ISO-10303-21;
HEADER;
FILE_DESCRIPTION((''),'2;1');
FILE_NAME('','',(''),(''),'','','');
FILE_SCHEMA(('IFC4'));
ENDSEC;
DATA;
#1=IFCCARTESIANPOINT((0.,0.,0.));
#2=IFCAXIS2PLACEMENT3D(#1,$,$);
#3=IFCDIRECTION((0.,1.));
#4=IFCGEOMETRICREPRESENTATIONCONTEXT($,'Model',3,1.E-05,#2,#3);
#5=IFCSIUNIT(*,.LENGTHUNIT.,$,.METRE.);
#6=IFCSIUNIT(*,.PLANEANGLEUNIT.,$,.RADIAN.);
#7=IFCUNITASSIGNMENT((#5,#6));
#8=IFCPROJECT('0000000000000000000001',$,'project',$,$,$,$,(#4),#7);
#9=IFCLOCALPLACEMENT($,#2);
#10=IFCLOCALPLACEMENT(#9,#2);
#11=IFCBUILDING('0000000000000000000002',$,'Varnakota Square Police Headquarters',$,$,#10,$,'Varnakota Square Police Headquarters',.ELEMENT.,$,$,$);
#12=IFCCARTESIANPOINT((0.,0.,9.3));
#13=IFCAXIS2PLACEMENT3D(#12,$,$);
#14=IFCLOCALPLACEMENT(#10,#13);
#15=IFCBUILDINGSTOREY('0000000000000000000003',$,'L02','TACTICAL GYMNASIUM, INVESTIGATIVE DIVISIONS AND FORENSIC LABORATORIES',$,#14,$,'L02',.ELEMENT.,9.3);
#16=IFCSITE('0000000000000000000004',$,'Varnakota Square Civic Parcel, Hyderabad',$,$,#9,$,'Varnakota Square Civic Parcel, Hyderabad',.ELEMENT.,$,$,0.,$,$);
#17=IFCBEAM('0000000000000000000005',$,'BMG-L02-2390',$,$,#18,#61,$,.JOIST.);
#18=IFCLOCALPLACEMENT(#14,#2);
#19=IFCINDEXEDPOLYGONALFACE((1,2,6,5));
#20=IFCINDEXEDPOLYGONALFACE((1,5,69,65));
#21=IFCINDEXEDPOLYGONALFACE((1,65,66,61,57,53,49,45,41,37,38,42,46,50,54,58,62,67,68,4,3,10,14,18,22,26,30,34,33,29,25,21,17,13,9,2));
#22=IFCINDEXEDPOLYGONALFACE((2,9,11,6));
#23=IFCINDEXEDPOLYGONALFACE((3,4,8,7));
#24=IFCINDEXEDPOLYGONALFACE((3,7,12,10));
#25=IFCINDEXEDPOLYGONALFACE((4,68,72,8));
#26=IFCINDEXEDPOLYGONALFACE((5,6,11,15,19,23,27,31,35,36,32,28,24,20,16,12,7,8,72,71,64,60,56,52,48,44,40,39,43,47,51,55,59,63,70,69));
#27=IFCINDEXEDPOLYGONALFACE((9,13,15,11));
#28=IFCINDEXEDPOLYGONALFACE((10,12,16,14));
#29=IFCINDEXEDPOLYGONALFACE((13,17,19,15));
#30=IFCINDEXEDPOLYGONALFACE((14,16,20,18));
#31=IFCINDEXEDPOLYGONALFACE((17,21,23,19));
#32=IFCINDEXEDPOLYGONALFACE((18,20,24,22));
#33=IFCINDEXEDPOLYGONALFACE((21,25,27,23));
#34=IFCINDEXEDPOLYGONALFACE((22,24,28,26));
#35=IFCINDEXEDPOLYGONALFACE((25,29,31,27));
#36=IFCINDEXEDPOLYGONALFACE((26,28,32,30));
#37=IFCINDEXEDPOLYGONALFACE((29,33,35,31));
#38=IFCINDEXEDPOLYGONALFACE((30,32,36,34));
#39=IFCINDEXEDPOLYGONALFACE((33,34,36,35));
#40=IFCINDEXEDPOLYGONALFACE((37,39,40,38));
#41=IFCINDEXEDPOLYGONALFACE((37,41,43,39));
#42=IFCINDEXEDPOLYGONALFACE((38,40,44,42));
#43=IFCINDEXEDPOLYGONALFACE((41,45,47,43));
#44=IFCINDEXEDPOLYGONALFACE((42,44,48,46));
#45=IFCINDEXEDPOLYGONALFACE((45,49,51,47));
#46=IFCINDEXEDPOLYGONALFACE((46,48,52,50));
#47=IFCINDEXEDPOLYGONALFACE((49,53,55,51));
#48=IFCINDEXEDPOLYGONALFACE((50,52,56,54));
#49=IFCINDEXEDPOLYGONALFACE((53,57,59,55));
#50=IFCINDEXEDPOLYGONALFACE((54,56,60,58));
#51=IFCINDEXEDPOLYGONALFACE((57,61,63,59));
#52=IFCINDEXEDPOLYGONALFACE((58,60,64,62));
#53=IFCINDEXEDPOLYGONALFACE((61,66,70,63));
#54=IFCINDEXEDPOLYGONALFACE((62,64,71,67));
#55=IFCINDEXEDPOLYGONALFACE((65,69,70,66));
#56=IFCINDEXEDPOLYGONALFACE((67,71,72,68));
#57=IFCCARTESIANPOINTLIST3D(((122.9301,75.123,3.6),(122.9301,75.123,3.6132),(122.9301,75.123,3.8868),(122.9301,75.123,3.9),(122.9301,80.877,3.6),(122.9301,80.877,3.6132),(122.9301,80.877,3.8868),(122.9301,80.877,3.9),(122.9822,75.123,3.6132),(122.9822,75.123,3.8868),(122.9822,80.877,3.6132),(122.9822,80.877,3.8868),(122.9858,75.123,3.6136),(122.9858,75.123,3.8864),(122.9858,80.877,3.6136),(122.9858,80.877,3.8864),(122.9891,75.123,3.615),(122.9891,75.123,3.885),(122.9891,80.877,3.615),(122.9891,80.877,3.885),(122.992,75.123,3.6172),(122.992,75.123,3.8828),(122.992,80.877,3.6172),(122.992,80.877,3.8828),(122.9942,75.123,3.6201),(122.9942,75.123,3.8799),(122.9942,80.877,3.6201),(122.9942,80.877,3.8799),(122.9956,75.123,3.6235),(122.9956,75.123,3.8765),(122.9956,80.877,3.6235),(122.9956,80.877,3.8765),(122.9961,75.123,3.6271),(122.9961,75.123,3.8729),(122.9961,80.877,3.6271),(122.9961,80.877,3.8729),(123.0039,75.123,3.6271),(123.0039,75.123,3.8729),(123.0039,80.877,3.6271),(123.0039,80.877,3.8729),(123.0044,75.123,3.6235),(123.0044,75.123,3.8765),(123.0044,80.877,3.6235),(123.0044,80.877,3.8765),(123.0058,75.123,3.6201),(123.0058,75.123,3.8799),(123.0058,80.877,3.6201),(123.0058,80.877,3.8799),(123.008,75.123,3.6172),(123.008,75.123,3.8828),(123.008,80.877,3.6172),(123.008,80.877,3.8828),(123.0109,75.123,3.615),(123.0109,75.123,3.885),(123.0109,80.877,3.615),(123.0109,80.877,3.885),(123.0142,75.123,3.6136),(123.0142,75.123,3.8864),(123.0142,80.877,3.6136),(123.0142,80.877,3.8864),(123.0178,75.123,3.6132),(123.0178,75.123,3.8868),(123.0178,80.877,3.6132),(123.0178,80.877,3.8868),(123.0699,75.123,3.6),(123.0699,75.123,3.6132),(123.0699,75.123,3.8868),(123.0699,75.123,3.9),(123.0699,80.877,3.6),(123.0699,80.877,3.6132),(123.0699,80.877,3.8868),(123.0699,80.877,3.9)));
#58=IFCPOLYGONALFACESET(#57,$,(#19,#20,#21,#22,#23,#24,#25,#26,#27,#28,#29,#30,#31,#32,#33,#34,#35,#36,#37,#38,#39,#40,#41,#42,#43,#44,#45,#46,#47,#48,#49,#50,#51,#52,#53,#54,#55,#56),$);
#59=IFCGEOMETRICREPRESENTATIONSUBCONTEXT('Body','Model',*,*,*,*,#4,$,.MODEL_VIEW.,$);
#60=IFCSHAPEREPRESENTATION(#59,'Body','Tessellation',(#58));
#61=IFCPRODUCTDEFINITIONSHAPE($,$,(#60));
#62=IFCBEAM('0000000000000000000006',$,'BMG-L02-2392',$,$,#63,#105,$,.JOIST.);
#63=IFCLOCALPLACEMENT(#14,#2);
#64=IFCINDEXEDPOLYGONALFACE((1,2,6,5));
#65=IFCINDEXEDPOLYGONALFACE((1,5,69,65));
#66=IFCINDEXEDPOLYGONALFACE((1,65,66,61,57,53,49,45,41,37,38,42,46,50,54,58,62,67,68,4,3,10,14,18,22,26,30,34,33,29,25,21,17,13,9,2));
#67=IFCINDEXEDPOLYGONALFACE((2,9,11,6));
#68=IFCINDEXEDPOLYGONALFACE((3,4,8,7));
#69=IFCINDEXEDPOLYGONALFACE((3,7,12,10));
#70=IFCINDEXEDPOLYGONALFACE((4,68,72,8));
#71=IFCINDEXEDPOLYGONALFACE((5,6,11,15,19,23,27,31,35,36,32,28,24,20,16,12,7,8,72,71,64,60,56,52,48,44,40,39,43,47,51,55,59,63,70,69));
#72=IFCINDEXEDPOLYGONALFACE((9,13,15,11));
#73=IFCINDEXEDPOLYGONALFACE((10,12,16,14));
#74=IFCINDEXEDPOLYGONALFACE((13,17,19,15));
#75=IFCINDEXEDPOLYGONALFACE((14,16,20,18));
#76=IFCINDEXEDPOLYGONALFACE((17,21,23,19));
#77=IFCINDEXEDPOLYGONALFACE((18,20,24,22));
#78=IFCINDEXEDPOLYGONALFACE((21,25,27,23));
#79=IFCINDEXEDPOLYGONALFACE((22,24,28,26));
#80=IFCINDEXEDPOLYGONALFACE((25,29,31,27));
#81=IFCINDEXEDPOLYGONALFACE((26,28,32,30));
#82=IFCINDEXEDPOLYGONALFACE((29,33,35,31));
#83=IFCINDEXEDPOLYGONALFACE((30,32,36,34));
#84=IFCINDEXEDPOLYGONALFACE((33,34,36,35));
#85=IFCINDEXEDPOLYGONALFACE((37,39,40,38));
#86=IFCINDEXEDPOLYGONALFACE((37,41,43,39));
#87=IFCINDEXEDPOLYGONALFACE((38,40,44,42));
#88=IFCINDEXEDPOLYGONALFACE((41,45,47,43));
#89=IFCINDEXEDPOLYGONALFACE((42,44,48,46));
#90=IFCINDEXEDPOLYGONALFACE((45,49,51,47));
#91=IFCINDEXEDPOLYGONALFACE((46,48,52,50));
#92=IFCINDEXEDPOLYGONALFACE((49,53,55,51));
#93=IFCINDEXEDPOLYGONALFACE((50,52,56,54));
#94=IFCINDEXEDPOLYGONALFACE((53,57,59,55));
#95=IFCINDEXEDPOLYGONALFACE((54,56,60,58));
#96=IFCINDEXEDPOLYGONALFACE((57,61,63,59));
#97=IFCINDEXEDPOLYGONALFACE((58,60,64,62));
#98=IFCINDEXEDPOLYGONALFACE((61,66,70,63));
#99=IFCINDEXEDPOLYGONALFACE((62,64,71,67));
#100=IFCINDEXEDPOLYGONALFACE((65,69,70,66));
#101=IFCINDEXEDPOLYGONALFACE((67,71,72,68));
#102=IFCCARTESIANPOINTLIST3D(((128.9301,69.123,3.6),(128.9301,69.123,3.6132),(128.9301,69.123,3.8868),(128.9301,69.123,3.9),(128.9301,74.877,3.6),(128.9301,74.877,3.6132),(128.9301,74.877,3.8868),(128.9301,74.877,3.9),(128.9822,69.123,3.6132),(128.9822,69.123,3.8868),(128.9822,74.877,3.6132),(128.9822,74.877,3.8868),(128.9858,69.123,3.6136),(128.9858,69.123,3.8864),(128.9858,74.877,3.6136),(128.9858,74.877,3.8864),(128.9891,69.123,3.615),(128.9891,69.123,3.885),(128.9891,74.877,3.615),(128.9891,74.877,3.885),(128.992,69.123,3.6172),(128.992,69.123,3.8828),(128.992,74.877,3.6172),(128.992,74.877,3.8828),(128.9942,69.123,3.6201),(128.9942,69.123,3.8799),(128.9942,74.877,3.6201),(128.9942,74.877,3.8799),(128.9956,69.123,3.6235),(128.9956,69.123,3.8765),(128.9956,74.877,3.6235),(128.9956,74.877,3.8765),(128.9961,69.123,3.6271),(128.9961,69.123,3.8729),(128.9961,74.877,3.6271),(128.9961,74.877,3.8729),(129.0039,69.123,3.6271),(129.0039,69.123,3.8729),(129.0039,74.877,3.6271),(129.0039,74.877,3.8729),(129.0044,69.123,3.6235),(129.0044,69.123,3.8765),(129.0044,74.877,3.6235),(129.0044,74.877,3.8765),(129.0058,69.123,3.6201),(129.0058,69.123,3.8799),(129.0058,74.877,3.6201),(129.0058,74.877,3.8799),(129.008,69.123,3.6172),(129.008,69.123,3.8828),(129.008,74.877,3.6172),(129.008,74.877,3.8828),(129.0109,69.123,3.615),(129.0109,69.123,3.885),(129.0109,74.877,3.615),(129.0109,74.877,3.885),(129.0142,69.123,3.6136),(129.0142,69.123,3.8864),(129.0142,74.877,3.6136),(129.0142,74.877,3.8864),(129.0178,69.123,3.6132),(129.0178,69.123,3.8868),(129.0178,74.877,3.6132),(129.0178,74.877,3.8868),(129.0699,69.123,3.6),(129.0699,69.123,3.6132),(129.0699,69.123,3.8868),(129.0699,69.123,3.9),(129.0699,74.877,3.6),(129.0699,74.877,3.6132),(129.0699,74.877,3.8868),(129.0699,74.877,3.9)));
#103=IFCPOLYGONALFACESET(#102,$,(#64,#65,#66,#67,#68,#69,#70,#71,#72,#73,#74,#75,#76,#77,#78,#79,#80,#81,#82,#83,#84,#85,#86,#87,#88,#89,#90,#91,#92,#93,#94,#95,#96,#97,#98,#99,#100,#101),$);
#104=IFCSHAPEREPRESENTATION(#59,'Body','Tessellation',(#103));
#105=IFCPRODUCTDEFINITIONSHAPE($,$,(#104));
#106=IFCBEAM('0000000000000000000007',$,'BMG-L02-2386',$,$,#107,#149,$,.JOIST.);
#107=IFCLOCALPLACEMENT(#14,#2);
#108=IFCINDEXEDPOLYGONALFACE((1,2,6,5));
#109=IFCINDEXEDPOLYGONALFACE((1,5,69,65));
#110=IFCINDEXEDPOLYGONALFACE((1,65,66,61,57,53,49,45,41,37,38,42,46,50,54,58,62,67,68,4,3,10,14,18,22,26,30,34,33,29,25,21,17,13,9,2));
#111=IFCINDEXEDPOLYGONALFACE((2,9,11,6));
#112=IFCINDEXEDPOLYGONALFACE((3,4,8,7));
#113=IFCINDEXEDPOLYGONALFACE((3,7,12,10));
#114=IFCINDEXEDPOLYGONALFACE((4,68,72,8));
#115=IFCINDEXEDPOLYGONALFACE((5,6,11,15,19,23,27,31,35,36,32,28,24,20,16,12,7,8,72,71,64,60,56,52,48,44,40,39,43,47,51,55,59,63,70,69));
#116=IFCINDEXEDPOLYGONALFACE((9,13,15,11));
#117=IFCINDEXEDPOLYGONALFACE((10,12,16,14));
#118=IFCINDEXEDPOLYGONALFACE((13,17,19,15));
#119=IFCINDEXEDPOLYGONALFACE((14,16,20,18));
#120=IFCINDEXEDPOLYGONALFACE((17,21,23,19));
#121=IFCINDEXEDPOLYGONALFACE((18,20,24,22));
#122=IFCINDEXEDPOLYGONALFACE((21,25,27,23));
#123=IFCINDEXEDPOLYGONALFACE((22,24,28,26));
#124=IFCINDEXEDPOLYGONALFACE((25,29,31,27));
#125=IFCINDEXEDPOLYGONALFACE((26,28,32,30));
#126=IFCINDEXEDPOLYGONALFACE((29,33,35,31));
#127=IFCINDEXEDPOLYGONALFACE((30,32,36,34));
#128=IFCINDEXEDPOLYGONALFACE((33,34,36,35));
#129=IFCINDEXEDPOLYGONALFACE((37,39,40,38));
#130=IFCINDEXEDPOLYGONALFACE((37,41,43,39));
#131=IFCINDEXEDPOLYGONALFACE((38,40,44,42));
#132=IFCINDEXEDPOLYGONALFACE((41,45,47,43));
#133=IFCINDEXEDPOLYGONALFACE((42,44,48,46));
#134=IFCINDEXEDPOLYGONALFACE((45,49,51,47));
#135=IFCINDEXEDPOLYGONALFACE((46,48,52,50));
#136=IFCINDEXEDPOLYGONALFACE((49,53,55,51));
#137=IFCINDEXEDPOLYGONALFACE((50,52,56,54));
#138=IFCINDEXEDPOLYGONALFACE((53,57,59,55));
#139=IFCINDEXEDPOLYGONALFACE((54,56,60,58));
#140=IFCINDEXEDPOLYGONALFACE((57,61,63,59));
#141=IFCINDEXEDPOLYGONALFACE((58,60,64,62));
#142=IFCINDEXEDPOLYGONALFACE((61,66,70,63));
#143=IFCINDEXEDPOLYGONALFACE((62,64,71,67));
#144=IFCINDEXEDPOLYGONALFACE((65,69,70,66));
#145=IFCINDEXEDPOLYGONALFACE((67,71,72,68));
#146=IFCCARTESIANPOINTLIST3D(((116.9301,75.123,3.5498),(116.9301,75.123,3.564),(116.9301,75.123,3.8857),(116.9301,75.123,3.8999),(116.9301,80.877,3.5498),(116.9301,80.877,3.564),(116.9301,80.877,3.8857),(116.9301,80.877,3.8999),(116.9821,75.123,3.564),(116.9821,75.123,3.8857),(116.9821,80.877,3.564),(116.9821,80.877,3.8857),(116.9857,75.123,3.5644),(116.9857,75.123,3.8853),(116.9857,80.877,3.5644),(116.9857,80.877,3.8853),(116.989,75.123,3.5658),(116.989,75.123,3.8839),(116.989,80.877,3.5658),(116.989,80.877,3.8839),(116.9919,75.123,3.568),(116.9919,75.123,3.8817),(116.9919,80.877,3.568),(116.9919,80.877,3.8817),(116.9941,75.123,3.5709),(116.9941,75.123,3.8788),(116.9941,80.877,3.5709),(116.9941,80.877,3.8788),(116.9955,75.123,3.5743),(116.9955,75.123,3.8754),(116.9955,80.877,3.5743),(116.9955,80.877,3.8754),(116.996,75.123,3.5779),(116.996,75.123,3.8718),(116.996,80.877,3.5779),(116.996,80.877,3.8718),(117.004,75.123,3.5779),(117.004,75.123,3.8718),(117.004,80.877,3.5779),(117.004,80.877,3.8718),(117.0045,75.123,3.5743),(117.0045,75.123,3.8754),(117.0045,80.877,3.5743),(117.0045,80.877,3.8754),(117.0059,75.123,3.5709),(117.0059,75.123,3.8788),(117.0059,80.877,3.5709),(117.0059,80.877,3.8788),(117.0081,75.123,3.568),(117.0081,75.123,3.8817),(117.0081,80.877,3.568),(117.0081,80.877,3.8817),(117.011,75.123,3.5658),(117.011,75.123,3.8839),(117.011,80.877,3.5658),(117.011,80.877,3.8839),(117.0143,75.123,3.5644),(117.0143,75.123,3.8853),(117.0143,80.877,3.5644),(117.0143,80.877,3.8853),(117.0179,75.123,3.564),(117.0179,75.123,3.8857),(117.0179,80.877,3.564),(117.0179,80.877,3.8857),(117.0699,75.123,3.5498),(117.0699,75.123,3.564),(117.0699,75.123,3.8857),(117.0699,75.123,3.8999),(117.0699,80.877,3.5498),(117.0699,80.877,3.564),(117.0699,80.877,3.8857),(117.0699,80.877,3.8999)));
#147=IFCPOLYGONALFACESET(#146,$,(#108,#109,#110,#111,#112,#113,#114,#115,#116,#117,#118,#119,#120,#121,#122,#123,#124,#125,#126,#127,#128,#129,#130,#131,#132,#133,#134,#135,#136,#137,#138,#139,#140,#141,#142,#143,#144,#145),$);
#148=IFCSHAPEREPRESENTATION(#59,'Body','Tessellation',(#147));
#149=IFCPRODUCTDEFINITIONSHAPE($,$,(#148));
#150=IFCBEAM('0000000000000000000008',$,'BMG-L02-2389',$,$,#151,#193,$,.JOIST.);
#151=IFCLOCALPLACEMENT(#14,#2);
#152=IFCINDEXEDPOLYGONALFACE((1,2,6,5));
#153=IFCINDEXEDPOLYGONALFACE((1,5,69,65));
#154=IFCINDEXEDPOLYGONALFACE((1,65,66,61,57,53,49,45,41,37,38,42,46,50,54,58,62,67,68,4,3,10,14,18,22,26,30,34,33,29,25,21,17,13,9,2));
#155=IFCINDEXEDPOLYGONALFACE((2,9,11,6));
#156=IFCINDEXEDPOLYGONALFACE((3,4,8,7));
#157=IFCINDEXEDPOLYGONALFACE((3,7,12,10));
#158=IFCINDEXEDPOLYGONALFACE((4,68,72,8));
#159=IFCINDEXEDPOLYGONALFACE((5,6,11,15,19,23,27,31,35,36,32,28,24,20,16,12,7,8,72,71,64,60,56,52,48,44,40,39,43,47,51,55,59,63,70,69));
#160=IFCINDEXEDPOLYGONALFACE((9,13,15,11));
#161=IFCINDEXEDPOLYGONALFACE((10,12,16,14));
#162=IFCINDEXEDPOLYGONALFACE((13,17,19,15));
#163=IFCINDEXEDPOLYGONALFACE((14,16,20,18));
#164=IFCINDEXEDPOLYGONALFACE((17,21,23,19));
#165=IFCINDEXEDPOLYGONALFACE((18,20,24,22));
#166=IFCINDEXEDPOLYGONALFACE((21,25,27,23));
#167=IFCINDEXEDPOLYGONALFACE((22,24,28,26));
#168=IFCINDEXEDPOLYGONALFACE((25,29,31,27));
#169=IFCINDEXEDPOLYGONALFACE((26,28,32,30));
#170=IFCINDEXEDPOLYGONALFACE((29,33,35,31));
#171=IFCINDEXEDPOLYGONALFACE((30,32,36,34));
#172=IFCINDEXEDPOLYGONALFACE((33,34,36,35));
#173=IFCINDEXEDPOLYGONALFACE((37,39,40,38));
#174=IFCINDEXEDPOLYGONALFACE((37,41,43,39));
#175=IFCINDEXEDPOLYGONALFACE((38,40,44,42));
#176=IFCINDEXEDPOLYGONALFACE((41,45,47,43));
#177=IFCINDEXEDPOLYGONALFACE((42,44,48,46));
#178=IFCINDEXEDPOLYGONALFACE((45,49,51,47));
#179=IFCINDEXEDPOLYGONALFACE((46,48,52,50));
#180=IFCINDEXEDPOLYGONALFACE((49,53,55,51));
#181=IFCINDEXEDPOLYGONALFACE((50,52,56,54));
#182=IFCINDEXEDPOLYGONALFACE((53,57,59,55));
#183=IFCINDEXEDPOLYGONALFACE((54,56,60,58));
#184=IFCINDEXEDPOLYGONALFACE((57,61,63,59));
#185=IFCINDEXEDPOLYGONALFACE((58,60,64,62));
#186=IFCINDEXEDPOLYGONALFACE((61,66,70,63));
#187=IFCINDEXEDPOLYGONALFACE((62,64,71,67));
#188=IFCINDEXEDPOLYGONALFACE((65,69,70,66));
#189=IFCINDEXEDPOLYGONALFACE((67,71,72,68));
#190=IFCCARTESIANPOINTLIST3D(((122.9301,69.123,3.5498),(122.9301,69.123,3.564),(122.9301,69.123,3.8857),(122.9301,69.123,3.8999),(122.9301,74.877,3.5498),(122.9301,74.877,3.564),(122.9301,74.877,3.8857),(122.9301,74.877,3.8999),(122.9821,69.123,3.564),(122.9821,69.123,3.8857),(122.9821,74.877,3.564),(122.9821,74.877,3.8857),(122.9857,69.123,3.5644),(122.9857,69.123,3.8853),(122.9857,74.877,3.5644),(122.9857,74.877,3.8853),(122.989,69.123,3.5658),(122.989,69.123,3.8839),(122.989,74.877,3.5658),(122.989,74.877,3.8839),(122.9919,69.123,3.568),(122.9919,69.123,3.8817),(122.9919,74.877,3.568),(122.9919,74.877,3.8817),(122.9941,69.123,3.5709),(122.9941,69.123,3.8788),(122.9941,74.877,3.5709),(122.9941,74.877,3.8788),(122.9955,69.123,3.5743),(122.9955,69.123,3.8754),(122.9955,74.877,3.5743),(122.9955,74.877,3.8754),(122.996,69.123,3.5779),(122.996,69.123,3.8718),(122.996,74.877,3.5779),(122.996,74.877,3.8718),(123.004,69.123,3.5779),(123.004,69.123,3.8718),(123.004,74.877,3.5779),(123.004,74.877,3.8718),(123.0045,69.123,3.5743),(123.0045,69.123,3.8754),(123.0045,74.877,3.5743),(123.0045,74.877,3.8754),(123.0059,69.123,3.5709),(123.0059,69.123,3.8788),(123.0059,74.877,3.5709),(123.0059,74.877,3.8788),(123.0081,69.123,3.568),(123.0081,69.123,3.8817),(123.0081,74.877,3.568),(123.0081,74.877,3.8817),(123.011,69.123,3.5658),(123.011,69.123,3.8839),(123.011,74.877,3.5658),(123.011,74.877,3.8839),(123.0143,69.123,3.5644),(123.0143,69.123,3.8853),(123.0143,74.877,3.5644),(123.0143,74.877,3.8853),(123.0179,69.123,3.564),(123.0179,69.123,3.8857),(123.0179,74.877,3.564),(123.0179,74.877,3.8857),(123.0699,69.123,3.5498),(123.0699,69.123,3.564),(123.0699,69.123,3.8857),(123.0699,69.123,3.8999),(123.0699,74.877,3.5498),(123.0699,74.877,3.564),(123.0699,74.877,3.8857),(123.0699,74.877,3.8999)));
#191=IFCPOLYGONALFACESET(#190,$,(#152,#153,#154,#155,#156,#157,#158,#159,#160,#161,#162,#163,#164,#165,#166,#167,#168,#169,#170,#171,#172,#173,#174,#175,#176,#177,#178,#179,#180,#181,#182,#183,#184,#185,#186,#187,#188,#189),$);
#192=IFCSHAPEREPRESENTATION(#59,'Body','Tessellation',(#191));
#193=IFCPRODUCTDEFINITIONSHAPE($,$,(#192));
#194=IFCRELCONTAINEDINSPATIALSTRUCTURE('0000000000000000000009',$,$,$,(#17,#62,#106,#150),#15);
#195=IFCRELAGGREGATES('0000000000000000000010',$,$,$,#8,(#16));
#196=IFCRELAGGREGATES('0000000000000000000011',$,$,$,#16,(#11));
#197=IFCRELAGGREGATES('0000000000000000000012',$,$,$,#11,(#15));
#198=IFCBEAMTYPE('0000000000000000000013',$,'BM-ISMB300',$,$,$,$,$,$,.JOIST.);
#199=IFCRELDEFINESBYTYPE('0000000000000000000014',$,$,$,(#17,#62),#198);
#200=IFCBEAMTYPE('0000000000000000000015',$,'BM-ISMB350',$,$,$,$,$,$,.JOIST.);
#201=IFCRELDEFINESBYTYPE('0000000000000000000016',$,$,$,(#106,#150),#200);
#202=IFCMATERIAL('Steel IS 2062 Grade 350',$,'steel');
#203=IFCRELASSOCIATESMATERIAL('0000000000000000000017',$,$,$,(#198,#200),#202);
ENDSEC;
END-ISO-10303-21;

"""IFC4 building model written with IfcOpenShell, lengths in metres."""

from ifc_helpers import new_model, si_unit, direction, frame, origin, origin_2d, place, context, subcontext, project, spatial, i_section, extrude, material, material_profile, profile_set, type_object, element, save


model = new_model("IFC4")

# Units and contexts
model_context = context("Model", 3, precision=1e-05, world=origin(), true_north=direction((0.0, 1.0)))
body_context = subcontext(model_context, "Body", "Model", "MODEL_VIEW")
ifc_project = project(units=[si_unit("LENGTHUNIT", "METRE"), si_unit("PLANEANGLEUNIT", "RADIAN")], contexts=[model_context])

# Site, building, storey
site_placement = place(None, origin())
site = spatial("IfcSite", under=ifc_project, at=site_placement, Name="Varnakota Square Civic Parcel, Hyderabad", LongName="Varnakota Square Civic Parcel, Hyderabad", CompositionType="ELEMENT", RefElevation=0.0)
building_placement = place(site_placement, origin())
building = spatial("IfcBuilding", under=site, at=building_placement, Name="Varnakota Square Police Headquarters", LongName="Varnakota Square Police Headquarters", CompositionType="ELEMENT")
storey_placement = place(building_placement, frame((0.0, 0.0, 9.3)))
storey = spatial("IfcBuildingStorey", under=building, at=storey_placement, Name="L02", Description="TACTICAL GYMNASIUM, INVESTIGATIVE DIVISIONS AND FORENSIC LABORATORIES", LongName="L02", CompositionType="ELEMENT", Elevation=9.3)

# Shared definitions
ifc_material_1 = material(Name="Steel IS 2062 Grade 350", Category="steel")

# Beams
ifc_material_profile_1 = material_profile(ifc_material_1, i_section(OverallWidth=0.1399, OverallDepth=0.3, WebThickness=0.0078, FlangeThickness=0.0132, FilletRadius=0.0139, at=origin_2d()), Name="ISMB 300")
ifc_profile_set_1 = profile_set([ifc_material_profile_1], Name="Steel IS 2062 Grade 350")
beam_type_1 = type_object("IfcBeamType", Name="BM-ISMB300", PredefinedType="JOIST", material=ifc_profile_set_1)
for number, where, z_axis, x_axis, name in (
    (1, (123.0, 75.123, 3.75), (0.0, 1.0, 0.0), (-1.0, 0.0, 0.0), "BMG-L02-2390"),
    (2, (129.0, 69.123, 3.75), (0.0, 1.0, 0.0), (-1.0, 0.0, 0.0), "BMG-L02-2392"),
):
    element("IfcBeam", number, at=place(storey_placement, frame(where, z_axis=z_axis, x_axis=x_axis)), inside=storey, type_object=beam_type_1, Name=name, PredefinedType="JOIST", context=body_context, shape_type="SweptSolid", body=[
        extrude(i_section(OverallWidth=0.1399, OverallDepth=0.3, WebThickness=0.0078, FlangeThickness=0.0132, FilletRadius=0.0139, at=origin_2d()), origin(), (0.0, 0.0, 1.0), 5.7539),
    ])
ifc_material_profile_2 = material_profile(ifc_material_1, i_section(OverallWidth=0.1399, OverallDepth=0.3501, WebThickness=0.0081, FlangeThickness=0.0142, FilletRadius=0.0139, at=origin_2d()), Name="ISMB 350")
ifc_profile_set_2 = profile_set([ifc_material_profile_2], Name="Steel IS 2062 Grade 350")
beam_type_2 = type_object("IfcBeamType", Name="BM-ISMB350", PredefinedType="JOIST", material=ifc_profile_set_2)
for number, where, z_axis, x_axis, name in (
    (3, (117.0, 75.123, 3.7249), (0.0, 1.0, 0.0), (-1.0, 0.0, 0.0), "BMG-L02-2386"),
    (4, (123.0, 69.123, 3.7249), (0.0, 1.0, 0.0), (-1.0, 0.0, 0.0), "BMG-L02-2389"),
):
    element("IfcBeam", number, at=place(storey_placement, frame(where, z_axis=z_axis, x_axis=x_axis)), inside=storey, type_object=beam_type_2, Name=name, PredefinedType="JOIST", context=body_context, shape_type="SweptSolid", body=[
        extrude(i_section(OverallWidth=0.1399, OverallDepth=0.3501, WebThickness=0.0081, FlangeThickness=0.0142, FilletRadius=0.0139, at=origin_2d()), origin(), (0.0, 0.0, 1.0), 5.7539),
    ])

save(model, "model.ifc")
